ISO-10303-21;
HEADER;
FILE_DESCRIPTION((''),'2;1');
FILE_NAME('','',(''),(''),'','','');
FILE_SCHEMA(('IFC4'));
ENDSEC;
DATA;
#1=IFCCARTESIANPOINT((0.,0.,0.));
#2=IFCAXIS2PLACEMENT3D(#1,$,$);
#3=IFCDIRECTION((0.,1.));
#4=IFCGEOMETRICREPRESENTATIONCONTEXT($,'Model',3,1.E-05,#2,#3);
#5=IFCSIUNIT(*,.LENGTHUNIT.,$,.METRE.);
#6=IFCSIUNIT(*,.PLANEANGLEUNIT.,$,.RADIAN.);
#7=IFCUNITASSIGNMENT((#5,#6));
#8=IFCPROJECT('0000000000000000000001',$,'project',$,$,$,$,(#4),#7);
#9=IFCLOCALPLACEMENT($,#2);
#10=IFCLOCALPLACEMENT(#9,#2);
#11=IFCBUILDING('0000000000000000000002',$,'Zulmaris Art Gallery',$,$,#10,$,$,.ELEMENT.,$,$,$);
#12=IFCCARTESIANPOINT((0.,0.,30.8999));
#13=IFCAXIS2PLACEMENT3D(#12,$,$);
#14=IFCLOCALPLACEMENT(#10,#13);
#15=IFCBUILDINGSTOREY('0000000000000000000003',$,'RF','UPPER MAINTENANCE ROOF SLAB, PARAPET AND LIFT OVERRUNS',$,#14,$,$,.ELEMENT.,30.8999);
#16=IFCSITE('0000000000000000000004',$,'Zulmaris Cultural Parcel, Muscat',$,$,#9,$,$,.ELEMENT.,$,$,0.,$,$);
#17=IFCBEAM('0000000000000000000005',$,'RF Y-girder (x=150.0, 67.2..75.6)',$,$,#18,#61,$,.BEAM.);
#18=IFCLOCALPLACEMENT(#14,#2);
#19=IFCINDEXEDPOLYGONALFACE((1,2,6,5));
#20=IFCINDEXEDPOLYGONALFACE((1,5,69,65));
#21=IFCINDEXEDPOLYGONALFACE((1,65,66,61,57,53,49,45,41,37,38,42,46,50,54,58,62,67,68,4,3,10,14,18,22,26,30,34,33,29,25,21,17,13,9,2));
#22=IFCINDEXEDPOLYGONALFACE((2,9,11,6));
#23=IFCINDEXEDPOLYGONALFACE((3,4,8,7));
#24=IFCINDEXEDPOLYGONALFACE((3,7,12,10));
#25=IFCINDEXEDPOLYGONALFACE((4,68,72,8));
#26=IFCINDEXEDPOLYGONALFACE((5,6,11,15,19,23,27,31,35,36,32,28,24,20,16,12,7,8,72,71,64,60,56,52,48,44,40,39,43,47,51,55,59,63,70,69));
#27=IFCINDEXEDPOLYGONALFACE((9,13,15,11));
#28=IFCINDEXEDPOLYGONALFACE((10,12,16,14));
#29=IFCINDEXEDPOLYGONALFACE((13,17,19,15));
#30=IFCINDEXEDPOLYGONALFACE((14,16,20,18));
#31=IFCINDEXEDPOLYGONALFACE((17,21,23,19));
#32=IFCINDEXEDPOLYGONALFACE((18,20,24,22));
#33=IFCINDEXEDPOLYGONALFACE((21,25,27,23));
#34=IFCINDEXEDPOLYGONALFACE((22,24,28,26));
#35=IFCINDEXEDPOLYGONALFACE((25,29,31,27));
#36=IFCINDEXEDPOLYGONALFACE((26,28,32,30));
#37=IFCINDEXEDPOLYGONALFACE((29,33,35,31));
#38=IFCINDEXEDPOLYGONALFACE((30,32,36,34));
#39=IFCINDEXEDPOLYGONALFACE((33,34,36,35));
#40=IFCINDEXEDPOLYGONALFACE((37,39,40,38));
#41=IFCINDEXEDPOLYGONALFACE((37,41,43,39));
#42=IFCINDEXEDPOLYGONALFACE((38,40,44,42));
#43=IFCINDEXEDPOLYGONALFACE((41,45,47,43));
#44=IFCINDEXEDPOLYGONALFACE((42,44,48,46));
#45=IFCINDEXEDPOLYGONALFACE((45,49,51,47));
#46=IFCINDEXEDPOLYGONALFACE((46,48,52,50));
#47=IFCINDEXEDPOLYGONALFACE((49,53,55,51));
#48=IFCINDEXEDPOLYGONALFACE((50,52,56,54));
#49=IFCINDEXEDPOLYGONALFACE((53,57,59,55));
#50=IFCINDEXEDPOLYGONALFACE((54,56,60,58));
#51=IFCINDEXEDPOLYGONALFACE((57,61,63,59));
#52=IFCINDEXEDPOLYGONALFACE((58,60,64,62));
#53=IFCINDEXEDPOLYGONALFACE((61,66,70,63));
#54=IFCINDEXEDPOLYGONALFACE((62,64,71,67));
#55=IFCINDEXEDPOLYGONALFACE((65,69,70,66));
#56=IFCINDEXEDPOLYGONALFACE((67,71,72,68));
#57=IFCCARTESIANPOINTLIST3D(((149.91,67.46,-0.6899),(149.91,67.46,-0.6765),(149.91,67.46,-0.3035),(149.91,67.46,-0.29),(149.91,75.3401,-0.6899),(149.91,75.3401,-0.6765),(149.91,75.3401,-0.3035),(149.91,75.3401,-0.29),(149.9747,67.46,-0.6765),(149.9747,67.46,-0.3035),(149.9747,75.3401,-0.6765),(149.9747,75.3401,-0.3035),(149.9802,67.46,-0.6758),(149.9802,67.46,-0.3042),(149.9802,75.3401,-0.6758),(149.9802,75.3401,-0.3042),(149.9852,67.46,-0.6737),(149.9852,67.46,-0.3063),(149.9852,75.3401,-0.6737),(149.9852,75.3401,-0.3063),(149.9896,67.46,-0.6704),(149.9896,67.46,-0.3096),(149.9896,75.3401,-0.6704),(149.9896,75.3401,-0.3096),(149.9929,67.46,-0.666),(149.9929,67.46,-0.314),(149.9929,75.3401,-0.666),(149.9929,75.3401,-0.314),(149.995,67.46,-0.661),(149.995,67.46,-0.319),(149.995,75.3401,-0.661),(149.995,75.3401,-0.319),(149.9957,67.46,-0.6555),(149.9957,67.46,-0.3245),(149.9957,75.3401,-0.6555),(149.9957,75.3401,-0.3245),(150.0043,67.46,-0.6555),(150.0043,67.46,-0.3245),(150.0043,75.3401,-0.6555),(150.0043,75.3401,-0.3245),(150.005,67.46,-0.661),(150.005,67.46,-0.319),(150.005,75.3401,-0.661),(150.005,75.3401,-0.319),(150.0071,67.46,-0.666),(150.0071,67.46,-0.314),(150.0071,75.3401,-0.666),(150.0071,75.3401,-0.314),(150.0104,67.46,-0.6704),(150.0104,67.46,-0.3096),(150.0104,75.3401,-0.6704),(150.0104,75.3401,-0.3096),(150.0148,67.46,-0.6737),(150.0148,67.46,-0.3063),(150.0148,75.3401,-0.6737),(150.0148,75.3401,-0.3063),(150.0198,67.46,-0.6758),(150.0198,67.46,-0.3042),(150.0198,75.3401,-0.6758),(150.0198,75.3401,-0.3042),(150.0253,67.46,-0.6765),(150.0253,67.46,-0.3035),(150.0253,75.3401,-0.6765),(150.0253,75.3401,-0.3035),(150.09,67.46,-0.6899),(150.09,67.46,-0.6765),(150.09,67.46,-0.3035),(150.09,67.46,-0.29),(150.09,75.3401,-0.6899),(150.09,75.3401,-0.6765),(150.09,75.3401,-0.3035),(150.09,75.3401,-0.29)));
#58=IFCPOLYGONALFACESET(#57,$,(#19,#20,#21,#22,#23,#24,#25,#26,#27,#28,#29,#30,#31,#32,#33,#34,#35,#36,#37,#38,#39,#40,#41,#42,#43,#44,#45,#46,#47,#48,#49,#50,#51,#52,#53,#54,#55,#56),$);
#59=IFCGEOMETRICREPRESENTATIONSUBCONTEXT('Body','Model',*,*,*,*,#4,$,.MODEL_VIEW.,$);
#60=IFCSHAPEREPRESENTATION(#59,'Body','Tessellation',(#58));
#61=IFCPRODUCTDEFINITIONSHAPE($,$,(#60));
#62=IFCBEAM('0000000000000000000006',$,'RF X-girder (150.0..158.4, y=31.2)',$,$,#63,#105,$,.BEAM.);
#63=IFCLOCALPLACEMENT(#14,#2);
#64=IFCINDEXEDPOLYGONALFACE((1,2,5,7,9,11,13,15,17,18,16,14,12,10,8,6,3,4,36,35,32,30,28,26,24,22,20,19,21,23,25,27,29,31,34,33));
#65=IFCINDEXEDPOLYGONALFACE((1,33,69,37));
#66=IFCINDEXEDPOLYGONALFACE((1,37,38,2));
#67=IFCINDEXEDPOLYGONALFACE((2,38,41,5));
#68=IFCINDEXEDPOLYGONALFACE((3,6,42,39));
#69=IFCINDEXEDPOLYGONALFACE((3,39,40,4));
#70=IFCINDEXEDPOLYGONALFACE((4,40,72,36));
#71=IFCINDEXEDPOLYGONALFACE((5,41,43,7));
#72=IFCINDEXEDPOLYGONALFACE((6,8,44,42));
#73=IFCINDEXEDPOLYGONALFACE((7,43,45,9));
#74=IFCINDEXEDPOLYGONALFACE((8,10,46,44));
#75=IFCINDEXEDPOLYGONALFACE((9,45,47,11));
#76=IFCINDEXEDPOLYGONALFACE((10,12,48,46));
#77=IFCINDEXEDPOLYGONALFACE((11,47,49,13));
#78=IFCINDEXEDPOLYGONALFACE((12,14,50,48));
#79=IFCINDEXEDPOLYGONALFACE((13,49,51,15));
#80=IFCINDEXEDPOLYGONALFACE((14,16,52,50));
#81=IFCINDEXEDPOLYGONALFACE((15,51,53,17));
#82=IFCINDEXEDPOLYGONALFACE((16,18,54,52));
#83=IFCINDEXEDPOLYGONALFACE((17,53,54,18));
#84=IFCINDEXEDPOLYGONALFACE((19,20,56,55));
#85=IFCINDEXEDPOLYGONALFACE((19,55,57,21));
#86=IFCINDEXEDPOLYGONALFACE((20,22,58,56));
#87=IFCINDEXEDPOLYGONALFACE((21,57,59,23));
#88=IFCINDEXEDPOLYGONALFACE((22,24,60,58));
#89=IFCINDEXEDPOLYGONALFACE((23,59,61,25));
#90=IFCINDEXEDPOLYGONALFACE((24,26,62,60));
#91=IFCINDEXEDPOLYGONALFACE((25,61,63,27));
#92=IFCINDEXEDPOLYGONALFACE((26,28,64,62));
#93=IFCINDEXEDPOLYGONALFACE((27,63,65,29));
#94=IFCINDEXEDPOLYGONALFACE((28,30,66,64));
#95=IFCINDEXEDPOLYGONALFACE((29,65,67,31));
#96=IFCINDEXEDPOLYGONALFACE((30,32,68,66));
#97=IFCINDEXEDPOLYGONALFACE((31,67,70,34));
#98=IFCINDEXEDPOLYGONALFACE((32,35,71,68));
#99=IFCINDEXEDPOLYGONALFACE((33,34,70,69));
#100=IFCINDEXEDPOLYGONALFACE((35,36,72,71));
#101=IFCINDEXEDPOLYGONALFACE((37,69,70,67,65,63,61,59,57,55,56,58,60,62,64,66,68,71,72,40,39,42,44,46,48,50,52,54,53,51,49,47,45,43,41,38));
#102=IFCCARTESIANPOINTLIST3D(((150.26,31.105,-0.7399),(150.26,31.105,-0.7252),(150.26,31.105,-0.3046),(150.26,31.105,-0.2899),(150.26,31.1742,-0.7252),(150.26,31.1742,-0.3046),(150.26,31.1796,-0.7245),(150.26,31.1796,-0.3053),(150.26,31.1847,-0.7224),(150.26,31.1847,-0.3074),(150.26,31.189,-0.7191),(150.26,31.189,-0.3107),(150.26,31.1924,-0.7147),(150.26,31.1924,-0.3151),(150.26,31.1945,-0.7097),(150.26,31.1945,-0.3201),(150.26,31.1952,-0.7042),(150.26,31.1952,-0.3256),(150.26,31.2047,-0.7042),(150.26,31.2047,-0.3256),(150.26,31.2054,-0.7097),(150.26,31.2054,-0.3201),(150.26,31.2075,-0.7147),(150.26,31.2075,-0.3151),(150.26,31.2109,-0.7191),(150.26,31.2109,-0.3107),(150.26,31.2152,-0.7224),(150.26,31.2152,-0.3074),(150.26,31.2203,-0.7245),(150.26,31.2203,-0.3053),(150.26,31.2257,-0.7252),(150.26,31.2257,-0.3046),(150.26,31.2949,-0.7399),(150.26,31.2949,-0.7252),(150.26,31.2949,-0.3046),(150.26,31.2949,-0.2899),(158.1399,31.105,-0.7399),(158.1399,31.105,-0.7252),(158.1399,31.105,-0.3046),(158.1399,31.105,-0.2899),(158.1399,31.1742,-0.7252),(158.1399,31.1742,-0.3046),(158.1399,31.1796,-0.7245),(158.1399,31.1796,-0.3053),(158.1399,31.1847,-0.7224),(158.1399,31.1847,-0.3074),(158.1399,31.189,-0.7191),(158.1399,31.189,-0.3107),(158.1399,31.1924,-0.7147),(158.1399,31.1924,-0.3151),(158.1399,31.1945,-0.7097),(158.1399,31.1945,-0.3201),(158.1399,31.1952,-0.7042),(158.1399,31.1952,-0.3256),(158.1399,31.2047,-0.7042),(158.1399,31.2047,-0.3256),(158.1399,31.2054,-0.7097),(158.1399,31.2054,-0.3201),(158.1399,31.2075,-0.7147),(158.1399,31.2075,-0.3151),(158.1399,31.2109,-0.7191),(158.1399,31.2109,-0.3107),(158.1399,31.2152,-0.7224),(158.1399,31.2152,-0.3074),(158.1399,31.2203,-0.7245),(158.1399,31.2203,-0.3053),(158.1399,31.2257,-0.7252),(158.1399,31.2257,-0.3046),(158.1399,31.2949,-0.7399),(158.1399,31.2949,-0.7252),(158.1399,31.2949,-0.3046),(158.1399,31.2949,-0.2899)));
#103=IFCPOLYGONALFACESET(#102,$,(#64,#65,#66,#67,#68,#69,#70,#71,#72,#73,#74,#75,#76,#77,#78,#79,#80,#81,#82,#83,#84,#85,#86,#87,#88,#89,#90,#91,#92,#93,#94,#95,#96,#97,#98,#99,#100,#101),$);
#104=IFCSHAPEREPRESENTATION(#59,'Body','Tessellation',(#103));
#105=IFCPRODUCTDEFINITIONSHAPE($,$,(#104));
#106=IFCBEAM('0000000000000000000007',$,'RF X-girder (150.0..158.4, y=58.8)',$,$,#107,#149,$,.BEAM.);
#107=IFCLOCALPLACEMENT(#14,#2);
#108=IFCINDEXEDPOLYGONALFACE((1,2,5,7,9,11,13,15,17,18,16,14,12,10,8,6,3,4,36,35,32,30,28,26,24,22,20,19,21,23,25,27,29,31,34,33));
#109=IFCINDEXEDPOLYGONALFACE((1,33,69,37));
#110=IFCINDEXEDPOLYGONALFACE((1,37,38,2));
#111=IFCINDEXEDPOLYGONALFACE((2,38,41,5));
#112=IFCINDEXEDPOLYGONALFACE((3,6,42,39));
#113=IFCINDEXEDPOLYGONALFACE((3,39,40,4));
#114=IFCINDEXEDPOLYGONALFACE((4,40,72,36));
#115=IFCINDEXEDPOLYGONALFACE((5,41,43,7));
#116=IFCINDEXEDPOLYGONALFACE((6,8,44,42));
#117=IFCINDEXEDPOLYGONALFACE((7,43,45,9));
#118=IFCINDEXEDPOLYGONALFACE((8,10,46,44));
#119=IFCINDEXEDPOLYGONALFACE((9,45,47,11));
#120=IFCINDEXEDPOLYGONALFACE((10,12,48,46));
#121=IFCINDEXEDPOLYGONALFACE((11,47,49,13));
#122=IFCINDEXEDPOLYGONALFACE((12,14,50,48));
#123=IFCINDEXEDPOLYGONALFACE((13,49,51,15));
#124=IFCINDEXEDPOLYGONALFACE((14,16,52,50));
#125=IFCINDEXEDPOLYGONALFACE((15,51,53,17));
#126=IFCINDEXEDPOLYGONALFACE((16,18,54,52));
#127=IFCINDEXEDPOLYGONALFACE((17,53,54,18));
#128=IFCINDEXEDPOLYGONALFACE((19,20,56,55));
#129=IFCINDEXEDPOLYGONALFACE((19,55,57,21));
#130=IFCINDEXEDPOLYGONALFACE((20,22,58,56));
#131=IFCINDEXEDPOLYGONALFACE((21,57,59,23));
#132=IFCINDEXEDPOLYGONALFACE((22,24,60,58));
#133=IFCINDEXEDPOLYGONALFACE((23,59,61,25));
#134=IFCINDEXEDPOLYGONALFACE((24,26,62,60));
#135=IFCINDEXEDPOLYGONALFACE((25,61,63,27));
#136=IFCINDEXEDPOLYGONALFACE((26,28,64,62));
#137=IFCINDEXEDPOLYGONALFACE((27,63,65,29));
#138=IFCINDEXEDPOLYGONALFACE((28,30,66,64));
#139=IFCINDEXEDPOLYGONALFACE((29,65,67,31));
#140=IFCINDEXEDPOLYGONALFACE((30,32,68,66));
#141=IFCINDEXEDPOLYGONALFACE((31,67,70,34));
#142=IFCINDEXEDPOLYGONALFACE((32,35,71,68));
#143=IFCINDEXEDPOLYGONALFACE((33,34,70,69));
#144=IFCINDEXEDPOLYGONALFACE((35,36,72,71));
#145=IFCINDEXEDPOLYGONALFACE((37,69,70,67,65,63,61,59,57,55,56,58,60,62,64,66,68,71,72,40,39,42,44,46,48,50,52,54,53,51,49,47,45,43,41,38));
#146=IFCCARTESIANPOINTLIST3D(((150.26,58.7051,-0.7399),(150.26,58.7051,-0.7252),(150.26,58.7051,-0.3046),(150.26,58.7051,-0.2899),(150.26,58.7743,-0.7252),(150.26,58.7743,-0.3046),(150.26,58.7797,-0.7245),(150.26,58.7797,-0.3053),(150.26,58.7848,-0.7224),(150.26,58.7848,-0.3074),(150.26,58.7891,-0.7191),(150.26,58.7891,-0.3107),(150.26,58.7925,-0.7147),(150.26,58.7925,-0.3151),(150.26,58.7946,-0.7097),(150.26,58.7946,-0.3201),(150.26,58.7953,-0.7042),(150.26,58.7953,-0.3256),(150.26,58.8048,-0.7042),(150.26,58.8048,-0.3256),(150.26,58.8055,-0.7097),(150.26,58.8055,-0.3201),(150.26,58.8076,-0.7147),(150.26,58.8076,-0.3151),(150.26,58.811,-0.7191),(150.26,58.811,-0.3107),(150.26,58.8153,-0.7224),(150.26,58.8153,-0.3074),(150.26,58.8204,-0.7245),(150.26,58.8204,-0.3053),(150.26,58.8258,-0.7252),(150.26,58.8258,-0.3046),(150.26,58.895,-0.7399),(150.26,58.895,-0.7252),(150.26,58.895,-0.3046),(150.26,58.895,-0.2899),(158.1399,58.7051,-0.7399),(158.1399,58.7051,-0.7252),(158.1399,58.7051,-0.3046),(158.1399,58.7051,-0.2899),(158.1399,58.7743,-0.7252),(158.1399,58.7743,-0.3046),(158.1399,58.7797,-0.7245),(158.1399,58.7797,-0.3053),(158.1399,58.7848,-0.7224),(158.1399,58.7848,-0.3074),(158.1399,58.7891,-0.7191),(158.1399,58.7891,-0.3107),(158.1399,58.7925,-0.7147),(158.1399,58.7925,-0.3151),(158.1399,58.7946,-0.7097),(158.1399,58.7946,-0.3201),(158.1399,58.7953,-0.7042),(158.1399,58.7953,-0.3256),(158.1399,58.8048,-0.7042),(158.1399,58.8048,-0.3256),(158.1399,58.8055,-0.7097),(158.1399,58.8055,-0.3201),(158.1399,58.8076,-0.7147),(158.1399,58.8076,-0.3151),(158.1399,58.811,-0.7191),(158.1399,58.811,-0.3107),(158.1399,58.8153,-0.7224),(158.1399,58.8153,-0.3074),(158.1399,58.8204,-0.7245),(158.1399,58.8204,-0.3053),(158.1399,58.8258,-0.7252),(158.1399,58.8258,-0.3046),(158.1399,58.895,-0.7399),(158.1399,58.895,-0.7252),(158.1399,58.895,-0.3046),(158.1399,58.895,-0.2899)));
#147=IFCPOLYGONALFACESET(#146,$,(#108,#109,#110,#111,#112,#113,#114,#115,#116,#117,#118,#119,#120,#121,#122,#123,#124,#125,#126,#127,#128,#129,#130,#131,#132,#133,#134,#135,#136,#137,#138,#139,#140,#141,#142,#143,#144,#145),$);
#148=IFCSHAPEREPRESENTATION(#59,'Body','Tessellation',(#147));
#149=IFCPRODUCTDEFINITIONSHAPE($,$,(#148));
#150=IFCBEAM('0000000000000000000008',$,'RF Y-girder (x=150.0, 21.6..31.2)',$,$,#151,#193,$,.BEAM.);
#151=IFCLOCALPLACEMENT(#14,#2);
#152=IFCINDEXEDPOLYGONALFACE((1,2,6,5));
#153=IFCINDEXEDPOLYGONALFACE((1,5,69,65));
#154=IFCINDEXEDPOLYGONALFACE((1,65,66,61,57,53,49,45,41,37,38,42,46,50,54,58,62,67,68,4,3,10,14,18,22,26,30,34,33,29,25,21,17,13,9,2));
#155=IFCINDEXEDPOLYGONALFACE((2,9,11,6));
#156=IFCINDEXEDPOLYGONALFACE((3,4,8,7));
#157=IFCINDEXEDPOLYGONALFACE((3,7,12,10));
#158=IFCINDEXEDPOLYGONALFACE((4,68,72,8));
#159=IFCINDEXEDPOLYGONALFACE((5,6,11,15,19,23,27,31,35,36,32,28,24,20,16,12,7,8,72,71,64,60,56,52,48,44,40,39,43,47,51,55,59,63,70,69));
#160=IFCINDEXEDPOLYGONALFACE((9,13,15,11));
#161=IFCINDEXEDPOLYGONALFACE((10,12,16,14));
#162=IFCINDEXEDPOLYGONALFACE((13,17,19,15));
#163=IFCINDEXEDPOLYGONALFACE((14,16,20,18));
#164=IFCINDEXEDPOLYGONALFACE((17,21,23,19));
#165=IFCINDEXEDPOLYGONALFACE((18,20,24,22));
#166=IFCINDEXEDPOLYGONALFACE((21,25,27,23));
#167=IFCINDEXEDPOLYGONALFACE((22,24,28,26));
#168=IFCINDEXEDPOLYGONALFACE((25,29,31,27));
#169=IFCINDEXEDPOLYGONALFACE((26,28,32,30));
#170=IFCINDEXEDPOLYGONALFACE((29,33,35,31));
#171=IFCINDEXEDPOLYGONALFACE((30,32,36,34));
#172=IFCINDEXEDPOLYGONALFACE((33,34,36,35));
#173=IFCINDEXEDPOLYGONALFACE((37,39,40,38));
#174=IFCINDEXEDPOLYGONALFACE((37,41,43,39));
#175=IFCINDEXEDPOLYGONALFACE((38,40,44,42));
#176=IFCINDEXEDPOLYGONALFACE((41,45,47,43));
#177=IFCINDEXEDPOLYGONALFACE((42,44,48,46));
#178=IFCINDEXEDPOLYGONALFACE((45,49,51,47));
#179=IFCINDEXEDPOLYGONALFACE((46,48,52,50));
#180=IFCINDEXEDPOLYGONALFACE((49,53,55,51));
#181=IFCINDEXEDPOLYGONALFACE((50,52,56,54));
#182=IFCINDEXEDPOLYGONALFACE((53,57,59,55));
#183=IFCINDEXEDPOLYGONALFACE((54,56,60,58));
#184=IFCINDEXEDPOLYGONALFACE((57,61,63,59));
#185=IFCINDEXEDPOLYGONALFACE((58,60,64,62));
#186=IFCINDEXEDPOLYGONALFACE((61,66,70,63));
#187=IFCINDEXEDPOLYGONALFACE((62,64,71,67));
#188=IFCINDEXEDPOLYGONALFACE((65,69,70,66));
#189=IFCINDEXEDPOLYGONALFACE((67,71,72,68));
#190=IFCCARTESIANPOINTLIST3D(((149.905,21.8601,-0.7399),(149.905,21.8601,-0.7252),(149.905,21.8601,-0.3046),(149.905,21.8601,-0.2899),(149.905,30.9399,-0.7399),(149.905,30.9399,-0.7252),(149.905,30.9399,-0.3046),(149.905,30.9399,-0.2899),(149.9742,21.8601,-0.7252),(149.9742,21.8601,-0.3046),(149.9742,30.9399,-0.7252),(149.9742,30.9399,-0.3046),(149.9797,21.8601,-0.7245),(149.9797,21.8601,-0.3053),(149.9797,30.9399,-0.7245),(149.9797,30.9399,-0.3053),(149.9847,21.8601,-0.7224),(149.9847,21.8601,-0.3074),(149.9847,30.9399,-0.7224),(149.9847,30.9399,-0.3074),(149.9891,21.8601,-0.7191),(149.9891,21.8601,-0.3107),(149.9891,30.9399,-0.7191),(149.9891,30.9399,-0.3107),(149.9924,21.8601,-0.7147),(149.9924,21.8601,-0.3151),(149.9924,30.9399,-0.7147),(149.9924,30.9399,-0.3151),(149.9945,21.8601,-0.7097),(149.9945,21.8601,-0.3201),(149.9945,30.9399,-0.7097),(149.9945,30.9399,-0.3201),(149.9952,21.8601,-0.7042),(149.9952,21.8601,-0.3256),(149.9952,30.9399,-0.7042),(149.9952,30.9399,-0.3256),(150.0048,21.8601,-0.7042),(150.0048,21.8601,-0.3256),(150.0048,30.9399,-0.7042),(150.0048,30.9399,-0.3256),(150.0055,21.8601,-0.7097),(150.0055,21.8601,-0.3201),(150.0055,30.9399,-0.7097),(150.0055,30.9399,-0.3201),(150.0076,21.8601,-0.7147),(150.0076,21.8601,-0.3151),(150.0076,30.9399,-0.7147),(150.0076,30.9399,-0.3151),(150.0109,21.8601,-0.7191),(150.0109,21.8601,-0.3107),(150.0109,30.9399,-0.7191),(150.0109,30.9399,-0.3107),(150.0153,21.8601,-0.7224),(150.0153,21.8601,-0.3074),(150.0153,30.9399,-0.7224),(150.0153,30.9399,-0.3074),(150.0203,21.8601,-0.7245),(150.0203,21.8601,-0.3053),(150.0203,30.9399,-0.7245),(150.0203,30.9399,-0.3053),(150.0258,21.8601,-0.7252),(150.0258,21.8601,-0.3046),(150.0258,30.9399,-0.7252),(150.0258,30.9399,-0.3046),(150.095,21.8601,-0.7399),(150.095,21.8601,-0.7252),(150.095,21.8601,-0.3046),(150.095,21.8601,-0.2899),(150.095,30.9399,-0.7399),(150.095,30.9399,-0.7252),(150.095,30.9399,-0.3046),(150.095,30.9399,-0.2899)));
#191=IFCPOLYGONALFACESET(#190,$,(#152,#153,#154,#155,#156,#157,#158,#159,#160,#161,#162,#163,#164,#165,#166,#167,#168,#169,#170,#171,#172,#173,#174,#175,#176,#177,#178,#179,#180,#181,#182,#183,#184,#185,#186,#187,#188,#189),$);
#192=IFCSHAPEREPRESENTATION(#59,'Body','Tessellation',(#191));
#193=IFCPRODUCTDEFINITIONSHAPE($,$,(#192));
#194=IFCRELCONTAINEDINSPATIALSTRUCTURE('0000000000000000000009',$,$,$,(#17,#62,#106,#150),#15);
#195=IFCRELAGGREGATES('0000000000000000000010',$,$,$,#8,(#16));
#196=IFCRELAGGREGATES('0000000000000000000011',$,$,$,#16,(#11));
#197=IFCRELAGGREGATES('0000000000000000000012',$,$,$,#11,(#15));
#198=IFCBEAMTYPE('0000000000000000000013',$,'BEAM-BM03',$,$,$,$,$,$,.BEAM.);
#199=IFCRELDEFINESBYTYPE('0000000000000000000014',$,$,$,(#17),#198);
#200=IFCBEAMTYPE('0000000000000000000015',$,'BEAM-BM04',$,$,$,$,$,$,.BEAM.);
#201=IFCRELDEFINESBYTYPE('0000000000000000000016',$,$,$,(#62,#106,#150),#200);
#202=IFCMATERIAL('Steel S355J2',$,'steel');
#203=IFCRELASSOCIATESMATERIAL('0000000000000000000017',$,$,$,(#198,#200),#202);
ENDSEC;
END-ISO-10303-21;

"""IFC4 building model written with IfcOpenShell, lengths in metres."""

from ifc_helpers import new_model, si_unit, direction, frame, origin, origin_2d, place, context, subcontext, project, spatial, i_section, extrude, material, material_profile, profile_set, type_object, element, save


model = new_model("IFC4")

# Units and contexts
model_context = context("Model", 3, precision=1e-05, world=origin(), true_north=direction((0.0, 1.0)))
body_context = subcontext(model_context, "Body", "Model", "MODEL_VIEW")
ifc_project = project(units=[si_unit("LENGTHUNIT", "METRE"), si_unit("PLANEANGLEUNIT", "RADIAN")], contexts=[model_context])

# Site, building, storey
site_placement = place(None, origin())
site = spatial("IfcSite", under=ifc_project, at=site_placement, Name="Zulmaris Cultural Parcel, Muscat", CompositionType="ELEMENT", RefElevation=0.0)
building_placement = place(site_placement, origin())
building = spatial("IfcBuilding", under=site, at=building_placement, Name="Zulmaris Art Gallery", CompositionType="ELEMENT")
storey_placement = place(building_placement, frame((0.0, 0.0, 30.8999)))
storey = spatial("IfcBuildingStorey", under=building, at=storey_placement, Name="RF", Description="UPPER MAINTENANCE ROOF SLAB, PARAPET AND LIFT OVERRUNS", CompositionType="ELEMENT", Elevation=30.8999)

# Beams
ifc_material_1 = material(Name="Steel S355J2", Category="steel")
ifc_material_profile_1 = material_profile(ifc_material_1, i_section(OverallWidth=0.1799, OverallDepth=0.3999, WebThickness=0.0085, FlangeThickness=0.0134, FilletRadius=0.021, at=origin_2d()), Name="IPE 400")
ifc_profile_set_1 = profile_set([ifc_material_profile_1], Name="Steel S355J2")
beam_type_1 = type_object("IfcBeamType", Name="BEAM-BM03", PredefinedType="BEAM", material=ifc_profile_set_1)
beam_1_placement = place(storey_placement, frame((150.0, 67.46, -0.49), z_axis=(0.0, 1.0, 0.0), x_axis=(-1.0, 0.0, 0.0)))
element("IfcBeam", 1, at=beam_1_placement, inside=storey, type_object=beam_type_1, Name="RF Y-girder (x=150.0, 67.2..75.6)", PredefinedType="BEAM", context=body_context, shape_type="SweptSolid", body=[
    extrude(i_section(OverallWidth=0.1799, OverallDepth=0.3999, WebThickness=0.0085, FlangeThickness=0.0134, FilletRadius=0.021, at=origin_2d()), origin(), (0.0, 0.0, 1.0), 7.8801),
])
ifc_material_profile_2 = material_profile(ifc_material_1, i_section(OverallWidth=0.1899, OverallDepth=0.45, WebThickness=0.0095, FlangeThickness=0.0146, FilletRadius=0.021, at=origin_2d()), Name="IPE 450")
ifc_profile_set_2 = profile_set([ifc_material_profile_2], Name="Steel S355J2")
beam_type_2 = type_object("IfcBeamType", Name="BEAM-BM04", PredefinedType="BEAM", material=ifc_profile_set_2)
for number, where, z_axis, x_axis, name in (
    (2, (150.26, 31.2, -0.5149), (1.0, 0.0, 0.0), (0.0, 1.0, 0.0), "RF X-girder (150.0..158.4, y=31.2)"),
    (3, (150.26, 58.8, -0.5149), (1.0, 0.0, 0.0), (0.0, 1.0, 0.0), "RF X-girder (150.0..158.4, y=58.8)"),
):
    element("IfcBeam", number, at=place(storey_placement, frame(where, z_axis=z_axis, x_axis=x_axis)), inside=storey, type_object=beam_type_2, Name=name, PredefinedType="BEAM", context=body_context, shape_type="SweptSolid", body=[
        extrude(i_section(OverallWidth=0.1899, OverallDepth=0.45, WebThickness=0.0095, FlangeThickness=0.0146, FilletRadius=0.021, at=origin_2d()), origin(), (0.0, 0.0, 1.0), 7.8799),
    ])
beam_2_placement = place(storey_placement, frame((150.0, 21.8601, -0.5149), z_axis=(0.0, 1.0, 0.0), x_axis=(-1.0, 0.0, 0.0)))
element("IfcBeam", 4, at=beam_2_placement, inside=storey, type_object=beam_type_2, Name="RF Y-girder (x=150.0, 21.6..31.2)", PredefinedType="BEAM", context=body_context, shape_type="SweptSolid", body=[
    extrude(i_section(OverallWidth=0.1899, OverallDepth=0.45, WebThickness=0.0095, FlangeThickness=0.0146, FilletRadius=0.021, at=origin_2d()), origin(), (0.0, 0.0, 1.0), 9.0798),
])

save(model, "model.ifc")
